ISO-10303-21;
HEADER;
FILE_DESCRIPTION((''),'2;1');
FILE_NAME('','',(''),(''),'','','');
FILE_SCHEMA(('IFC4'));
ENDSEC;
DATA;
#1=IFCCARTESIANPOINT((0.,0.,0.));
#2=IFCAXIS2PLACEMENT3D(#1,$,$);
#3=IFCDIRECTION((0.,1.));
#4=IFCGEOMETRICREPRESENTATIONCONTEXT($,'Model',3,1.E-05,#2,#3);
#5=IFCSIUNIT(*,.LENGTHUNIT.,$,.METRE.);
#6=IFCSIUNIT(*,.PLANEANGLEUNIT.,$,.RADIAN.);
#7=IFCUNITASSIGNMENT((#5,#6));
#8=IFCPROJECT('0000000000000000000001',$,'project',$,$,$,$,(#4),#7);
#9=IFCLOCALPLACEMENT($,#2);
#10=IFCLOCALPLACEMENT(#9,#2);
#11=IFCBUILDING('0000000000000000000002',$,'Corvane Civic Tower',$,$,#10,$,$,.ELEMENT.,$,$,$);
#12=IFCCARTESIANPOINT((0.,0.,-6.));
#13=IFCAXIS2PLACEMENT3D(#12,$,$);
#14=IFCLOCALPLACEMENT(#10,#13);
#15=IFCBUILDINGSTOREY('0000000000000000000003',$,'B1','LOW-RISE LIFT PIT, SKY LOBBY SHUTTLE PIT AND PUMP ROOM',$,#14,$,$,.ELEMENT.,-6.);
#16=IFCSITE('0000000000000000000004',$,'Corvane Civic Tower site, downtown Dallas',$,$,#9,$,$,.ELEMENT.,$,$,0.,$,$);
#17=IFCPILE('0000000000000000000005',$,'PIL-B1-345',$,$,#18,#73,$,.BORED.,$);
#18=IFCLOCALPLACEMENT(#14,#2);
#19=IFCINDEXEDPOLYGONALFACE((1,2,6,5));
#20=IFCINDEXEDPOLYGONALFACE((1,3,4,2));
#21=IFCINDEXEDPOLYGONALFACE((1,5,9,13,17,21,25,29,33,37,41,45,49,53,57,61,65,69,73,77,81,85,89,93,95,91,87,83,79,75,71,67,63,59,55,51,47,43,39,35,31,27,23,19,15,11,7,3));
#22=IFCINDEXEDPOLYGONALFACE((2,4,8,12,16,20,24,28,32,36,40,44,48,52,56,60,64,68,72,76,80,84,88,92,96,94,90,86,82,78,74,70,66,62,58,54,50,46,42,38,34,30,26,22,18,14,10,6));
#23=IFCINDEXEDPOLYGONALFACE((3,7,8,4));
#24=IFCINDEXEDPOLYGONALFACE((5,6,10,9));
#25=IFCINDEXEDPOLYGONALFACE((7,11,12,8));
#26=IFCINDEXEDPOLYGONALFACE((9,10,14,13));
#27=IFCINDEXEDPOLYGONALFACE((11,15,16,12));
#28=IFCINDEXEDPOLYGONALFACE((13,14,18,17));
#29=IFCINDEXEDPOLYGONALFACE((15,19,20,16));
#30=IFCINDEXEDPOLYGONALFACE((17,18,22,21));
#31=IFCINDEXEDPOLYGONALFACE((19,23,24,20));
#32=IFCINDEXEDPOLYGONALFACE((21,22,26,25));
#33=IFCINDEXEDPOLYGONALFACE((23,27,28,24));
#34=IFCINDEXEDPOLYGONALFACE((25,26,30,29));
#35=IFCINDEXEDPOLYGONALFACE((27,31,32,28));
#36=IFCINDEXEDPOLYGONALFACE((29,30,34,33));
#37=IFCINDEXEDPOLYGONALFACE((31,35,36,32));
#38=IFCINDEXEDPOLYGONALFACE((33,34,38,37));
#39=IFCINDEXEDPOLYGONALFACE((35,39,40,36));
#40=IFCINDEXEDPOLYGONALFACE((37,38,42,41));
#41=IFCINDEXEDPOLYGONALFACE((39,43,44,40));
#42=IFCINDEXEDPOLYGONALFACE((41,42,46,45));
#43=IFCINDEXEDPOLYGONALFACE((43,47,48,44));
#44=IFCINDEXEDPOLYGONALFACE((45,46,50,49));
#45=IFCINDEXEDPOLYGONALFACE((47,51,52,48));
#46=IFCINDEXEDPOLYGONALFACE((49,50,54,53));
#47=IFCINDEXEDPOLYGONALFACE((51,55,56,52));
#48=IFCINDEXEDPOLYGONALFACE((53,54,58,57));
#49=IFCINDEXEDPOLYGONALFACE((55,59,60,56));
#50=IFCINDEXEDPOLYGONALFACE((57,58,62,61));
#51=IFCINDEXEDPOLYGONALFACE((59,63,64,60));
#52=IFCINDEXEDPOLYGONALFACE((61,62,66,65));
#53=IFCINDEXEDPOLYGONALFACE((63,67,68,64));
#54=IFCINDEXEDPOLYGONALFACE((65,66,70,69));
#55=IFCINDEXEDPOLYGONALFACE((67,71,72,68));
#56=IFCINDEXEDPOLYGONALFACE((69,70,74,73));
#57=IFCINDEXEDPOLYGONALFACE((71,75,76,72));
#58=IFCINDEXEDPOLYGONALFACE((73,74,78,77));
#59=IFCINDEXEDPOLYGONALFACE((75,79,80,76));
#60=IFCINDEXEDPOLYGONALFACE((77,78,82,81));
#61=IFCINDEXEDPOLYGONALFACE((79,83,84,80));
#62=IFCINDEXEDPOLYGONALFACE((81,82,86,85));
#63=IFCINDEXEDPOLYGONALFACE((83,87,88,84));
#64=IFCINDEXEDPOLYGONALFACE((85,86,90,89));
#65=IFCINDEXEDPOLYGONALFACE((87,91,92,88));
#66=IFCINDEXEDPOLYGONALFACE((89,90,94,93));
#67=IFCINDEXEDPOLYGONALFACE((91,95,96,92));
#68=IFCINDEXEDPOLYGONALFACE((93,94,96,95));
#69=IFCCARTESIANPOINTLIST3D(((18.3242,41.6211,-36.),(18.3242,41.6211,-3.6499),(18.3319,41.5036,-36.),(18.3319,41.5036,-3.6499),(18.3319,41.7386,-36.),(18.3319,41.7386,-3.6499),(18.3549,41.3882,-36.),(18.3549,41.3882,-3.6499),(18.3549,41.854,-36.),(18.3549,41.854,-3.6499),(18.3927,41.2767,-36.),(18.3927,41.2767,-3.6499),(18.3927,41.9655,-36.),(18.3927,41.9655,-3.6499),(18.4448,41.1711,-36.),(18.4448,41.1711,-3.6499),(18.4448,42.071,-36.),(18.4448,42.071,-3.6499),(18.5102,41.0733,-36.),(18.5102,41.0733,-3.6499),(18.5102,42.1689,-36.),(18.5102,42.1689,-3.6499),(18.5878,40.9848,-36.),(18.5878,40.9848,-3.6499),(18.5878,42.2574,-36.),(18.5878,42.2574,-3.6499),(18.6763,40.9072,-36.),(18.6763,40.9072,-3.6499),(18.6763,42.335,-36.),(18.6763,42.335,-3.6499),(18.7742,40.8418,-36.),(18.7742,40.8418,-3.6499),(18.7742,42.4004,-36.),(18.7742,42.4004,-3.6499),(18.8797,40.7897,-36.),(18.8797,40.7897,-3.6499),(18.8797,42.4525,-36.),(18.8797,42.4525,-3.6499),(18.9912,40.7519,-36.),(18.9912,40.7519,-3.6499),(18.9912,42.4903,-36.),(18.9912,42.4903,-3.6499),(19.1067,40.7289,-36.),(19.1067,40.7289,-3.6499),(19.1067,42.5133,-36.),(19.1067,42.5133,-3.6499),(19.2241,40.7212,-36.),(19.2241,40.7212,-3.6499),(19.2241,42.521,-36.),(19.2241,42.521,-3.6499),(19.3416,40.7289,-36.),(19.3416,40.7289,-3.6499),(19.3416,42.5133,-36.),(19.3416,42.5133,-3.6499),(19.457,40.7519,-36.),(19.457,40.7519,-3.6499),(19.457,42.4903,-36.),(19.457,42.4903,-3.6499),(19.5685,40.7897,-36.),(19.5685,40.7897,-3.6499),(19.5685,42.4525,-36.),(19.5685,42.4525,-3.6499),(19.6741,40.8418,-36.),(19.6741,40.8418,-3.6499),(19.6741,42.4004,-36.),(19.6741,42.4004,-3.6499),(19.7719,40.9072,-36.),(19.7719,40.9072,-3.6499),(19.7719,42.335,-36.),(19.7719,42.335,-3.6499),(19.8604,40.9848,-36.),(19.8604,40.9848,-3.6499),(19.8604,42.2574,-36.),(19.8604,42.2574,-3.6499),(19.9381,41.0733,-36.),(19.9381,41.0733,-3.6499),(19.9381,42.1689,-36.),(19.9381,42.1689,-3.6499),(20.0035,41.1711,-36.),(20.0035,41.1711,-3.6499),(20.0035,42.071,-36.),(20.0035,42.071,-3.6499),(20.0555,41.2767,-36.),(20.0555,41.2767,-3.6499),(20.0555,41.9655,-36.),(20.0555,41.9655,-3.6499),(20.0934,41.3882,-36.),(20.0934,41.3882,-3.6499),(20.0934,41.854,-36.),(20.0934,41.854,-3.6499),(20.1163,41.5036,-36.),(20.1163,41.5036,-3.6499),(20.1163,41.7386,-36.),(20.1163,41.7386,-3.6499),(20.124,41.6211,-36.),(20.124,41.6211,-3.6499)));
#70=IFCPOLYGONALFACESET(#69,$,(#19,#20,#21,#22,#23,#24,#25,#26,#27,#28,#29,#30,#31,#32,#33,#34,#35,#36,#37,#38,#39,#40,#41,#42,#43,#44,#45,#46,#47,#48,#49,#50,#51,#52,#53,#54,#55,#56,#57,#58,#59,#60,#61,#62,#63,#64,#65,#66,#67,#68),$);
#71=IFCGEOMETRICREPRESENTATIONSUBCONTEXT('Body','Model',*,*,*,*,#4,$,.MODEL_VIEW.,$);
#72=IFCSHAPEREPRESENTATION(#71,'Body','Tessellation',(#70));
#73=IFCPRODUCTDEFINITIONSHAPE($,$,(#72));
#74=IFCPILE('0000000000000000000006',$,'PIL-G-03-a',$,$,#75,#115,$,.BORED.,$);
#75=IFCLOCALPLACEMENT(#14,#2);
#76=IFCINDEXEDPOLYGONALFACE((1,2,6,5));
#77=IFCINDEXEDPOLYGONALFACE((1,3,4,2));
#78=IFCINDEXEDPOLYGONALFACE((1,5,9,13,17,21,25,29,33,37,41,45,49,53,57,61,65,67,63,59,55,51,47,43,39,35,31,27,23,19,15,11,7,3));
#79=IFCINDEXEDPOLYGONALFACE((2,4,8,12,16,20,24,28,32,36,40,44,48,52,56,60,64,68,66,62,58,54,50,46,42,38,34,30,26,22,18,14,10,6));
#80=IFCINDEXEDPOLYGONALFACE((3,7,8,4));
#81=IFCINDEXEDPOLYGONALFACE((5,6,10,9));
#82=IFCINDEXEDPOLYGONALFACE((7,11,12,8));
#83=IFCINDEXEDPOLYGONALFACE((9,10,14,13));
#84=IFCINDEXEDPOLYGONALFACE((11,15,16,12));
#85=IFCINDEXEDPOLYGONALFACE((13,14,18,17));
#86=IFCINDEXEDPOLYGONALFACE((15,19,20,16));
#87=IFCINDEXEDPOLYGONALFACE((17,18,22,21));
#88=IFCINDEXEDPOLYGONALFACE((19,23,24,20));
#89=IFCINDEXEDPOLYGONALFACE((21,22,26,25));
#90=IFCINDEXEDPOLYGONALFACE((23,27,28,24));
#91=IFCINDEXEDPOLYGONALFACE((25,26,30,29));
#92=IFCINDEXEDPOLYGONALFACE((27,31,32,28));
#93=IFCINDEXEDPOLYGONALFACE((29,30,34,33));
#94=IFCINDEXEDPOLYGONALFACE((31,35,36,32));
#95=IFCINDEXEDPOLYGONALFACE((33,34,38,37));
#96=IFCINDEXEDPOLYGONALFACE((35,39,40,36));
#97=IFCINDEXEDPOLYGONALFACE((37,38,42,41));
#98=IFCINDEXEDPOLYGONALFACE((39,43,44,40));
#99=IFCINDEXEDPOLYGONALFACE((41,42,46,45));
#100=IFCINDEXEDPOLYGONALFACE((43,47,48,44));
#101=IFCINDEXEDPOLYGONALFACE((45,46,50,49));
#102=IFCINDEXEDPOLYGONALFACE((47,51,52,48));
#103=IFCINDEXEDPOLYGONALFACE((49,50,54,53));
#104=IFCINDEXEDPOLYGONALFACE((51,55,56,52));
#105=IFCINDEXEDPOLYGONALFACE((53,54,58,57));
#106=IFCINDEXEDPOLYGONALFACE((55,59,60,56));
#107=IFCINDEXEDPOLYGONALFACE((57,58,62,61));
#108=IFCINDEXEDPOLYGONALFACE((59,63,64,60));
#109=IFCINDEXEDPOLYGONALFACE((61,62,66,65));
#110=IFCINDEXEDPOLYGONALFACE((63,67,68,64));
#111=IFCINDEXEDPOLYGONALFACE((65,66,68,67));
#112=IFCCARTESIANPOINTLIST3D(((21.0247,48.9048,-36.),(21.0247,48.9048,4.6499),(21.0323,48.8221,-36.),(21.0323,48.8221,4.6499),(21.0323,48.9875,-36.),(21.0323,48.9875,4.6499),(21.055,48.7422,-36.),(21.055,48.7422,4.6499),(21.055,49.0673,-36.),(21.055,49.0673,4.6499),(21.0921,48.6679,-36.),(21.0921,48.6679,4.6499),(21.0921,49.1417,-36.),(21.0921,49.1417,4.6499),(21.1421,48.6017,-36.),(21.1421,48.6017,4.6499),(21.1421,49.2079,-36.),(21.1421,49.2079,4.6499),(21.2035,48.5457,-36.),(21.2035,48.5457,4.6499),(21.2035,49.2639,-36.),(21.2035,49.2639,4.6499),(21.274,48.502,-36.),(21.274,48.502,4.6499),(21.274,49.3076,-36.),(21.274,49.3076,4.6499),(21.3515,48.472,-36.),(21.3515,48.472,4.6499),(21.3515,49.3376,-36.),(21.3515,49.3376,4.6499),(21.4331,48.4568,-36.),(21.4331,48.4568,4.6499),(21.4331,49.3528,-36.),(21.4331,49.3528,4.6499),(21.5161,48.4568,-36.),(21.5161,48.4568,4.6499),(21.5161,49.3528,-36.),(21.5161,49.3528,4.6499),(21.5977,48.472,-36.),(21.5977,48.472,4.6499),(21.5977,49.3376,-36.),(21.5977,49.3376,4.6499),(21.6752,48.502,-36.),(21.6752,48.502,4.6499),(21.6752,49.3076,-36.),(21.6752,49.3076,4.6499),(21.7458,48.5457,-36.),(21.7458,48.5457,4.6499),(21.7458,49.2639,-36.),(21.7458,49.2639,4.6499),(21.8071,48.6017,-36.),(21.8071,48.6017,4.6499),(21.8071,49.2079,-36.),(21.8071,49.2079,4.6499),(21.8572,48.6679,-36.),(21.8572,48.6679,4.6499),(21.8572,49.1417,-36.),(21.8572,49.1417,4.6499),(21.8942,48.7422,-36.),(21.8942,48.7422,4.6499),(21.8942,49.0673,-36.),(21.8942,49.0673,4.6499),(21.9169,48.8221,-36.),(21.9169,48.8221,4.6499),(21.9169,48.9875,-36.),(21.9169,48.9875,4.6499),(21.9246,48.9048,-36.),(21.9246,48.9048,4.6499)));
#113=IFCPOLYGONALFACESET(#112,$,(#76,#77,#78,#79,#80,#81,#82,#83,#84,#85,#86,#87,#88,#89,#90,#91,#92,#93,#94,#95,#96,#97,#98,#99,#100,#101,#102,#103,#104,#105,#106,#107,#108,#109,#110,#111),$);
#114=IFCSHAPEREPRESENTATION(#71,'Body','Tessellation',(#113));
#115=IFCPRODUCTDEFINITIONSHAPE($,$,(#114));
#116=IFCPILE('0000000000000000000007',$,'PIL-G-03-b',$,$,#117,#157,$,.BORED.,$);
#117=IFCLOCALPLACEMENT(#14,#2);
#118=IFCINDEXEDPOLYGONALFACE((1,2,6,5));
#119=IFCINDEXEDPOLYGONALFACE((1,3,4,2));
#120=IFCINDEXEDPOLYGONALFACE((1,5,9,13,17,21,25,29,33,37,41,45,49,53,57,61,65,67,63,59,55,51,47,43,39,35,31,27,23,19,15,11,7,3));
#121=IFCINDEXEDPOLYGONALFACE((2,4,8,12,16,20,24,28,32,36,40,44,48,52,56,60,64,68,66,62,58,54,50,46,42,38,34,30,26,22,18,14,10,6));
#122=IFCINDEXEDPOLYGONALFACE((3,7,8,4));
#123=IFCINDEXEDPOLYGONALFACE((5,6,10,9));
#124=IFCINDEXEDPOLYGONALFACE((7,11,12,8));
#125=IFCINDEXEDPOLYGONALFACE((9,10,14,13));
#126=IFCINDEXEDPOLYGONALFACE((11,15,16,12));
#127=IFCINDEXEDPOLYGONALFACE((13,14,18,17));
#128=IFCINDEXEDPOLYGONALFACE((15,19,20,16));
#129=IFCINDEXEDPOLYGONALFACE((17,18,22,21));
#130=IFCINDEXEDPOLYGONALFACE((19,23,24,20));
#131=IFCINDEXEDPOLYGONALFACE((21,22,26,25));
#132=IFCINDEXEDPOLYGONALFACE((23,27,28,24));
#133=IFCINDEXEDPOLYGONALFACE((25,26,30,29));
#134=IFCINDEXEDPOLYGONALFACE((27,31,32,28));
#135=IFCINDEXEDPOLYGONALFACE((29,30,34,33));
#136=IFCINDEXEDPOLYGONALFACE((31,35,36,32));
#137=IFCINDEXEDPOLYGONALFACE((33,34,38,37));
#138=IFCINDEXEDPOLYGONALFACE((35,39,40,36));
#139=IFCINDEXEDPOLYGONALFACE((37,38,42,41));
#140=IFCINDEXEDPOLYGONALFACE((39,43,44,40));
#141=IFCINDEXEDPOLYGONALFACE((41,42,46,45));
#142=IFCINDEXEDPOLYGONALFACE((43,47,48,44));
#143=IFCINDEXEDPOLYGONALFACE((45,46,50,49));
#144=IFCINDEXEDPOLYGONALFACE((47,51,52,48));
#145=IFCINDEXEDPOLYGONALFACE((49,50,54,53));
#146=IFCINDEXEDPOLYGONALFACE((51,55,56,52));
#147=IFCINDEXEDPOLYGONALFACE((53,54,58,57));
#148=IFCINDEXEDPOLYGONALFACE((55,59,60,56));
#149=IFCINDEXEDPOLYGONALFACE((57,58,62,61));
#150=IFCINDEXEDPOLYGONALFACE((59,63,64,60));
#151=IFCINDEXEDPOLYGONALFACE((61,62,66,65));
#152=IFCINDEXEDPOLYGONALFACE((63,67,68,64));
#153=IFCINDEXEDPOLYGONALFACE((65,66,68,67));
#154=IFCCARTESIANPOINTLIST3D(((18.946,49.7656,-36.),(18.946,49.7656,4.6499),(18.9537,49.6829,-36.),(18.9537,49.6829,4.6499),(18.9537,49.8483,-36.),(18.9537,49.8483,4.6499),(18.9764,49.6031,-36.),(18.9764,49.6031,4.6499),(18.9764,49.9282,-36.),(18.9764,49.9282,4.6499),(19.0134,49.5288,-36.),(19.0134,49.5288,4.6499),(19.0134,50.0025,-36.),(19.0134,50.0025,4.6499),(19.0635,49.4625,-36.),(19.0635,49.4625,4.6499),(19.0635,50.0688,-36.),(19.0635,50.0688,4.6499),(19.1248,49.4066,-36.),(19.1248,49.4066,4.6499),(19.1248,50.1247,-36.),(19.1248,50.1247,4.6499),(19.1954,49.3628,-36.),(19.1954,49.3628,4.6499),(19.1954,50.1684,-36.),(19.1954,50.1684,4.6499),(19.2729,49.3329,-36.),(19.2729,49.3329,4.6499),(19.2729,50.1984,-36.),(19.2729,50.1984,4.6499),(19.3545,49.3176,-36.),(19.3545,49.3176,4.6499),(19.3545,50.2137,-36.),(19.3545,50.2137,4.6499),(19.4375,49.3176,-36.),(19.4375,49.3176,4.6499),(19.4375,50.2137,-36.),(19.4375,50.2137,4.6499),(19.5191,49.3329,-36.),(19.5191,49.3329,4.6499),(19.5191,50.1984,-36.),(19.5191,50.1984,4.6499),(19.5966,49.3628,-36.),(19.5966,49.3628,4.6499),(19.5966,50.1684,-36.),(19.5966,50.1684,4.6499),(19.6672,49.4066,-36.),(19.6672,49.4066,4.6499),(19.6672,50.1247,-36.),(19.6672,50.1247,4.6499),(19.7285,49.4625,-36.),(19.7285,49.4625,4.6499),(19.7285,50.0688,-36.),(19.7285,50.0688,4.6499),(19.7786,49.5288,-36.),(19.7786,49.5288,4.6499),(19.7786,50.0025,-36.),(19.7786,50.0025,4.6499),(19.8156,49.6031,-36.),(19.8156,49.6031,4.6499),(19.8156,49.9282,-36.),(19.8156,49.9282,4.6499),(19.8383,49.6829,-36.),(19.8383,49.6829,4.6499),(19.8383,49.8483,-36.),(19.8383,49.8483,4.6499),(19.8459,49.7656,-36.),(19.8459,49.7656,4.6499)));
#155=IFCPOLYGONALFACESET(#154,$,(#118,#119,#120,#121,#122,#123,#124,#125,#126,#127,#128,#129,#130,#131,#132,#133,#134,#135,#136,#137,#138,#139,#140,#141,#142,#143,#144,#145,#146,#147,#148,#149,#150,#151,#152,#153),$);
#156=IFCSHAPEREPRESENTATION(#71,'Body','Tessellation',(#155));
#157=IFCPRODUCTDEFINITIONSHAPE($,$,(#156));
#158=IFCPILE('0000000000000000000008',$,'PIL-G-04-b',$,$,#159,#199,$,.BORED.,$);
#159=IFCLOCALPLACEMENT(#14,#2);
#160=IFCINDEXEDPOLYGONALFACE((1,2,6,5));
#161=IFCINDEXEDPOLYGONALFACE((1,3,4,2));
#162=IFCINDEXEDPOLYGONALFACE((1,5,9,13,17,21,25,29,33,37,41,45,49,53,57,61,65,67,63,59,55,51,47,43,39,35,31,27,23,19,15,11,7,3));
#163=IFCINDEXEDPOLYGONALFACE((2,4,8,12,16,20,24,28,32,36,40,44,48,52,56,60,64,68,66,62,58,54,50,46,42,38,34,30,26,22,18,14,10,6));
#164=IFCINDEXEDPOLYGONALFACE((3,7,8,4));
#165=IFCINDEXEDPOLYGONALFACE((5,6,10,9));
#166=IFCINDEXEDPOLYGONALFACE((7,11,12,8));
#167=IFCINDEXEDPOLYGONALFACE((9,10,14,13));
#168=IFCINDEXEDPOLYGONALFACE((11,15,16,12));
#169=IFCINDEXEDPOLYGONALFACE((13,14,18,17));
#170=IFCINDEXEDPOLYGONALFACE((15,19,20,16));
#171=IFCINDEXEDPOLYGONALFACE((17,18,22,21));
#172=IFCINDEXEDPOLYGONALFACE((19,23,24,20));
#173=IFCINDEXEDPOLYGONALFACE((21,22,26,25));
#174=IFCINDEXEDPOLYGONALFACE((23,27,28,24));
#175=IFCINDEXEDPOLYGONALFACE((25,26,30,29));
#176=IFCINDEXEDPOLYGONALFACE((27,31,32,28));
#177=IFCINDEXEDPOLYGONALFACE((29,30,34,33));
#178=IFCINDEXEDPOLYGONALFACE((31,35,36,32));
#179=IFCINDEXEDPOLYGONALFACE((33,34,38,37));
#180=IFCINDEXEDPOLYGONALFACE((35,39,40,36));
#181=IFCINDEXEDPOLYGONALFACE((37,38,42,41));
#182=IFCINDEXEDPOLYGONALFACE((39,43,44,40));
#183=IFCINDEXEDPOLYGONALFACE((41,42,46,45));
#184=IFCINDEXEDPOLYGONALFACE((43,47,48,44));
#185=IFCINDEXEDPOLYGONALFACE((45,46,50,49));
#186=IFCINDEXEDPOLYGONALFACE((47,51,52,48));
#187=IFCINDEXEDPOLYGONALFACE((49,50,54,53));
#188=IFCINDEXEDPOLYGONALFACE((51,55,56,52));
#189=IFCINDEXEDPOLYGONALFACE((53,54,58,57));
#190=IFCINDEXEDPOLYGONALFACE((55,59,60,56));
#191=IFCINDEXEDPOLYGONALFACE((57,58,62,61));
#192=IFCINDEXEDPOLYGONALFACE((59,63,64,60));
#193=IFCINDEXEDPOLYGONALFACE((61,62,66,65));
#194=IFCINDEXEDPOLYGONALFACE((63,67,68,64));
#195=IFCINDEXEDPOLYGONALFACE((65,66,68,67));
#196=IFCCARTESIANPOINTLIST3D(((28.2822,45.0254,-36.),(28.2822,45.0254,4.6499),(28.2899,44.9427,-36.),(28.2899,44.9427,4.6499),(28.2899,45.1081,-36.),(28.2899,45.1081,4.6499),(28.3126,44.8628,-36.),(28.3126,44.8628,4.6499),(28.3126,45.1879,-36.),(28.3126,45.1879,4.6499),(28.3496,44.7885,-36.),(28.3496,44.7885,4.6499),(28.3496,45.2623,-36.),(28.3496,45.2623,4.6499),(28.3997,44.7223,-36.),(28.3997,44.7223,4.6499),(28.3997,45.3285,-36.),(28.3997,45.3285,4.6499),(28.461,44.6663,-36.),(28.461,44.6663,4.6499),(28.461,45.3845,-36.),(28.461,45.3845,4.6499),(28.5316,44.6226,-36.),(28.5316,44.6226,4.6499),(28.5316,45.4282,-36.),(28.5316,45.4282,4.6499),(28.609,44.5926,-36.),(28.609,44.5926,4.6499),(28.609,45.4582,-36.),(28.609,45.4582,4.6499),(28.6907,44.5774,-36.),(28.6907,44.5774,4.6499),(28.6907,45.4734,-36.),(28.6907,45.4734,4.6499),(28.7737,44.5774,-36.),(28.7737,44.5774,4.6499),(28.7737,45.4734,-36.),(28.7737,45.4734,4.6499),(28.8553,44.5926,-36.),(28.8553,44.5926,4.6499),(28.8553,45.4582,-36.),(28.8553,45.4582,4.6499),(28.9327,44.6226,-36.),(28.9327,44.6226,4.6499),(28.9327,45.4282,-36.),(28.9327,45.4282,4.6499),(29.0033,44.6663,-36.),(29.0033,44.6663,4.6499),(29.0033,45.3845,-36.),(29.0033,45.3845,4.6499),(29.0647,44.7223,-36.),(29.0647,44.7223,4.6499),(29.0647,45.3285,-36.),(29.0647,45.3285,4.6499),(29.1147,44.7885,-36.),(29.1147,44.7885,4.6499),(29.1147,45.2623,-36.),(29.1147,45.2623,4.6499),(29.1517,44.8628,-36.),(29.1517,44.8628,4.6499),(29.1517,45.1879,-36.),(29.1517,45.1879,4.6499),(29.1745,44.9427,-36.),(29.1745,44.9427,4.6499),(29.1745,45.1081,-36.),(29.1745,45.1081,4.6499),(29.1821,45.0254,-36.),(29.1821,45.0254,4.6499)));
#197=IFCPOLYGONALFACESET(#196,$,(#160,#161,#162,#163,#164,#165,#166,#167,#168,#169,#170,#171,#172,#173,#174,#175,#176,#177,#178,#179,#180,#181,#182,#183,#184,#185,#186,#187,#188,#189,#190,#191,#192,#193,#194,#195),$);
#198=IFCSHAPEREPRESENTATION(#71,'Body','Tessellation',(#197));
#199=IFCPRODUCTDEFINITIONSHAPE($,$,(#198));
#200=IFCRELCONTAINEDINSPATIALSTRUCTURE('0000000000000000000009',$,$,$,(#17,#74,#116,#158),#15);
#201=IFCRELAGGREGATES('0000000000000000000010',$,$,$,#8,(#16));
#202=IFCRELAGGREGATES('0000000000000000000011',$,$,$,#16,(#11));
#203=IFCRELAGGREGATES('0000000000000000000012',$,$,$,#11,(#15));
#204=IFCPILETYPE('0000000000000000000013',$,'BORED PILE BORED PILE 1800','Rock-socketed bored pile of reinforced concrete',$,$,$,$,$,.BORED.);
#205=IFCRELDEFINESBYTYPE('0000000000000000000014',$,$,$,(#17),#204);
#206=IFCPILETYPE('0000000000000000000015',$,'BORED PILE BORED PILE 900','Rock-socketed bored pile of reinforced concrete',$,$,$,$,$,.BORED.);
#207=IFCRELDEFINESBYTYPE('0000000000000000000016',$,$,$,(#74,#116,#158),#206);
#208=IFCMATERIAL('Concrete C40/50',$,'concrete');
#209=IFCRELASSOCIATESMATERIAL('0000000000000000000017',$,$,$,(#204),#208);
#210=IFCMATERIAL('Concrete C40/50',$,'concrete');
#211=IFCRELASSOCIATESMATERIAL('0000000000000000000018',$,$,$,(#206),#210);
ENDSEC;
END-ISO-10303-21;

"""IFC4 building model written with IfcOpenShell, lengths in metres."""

from ifc_helpers import new_model, si_unit, direction, frame, origin, origin_2d, place, context, subcontext, project, spatial, circle, extrude, material, material_profile, profile_set, type_object, element, save


model = new_model("IFC4")

# Units and contexts
model_context = context("Model", 3, precision=1e-05, world=origin(), true_north=direction((0.0, 1.0)))
body_context = subcontext(model_context, "Body", "Model", "MODEL_VIEW")
ifc_project = project(units=[si_unit("LENGTHUNIT", "METRE"), si_unit("PLANEANGLEUNIT", "RADIAN")], contexts=[model_context])

# Site, building, storey
site_placement = place(None, origin())
site = spatial("IfcSite", under=ifc_project, at=site_placement, Name="Corvane Civic Tower site, downtown Dallas", CompositionType="ELEMENT", RefElevation=0.0)
building_placement = place(site_placement, origin())
building = spatial("IfcBuilding", under=site, at=building_placement, Name="Corvane Civic Tower", CompositionType="ELEMENT")
storey_placement = place(building_placement, frame((0.0, 0.0, -6.0)))
storey = spatial("IfcBuildingStorey", under=building, at=storey_placement, Name="B1", Description="LOW-RISE LIFT PIT, SKY LOBBY SHUTTLE PIT AND PUMP ROOM", CompositionType="ELEMENT", Elevation=-6.0)

# Piles
ifc_material_1 = material(Name="Concrete C40/50", Category="concrete")
ifc_material_profile_1 = material_profile(ifc_material_1, circle(Radius=0.8999, at=origin_2d()), Name="BORED PILE 1800")
ifc_profile_set_1 = profile_set([ifc_material_profile_1], Name="Concrete C40/50")
pile_type_1 = type_object("IfcPileType", Name="BORED PILE BORED PILE 1800", Description="Rock-socketed bored pile of reinforced concrete", PredefinedType="BORED", material=ifc_profile_set_1)
for number, where, z_axis, x_axis, name in (
    (1, (19.2241, 41.6211, -3.6499), (0.0, 0.0, -1.0), (1.0, 0.0, 0.0), "PIL-B1-345"),
):
    element("IfcPile", number, at=place(storey_placement, frame(where, z_axis=z_axis, x_axis=x_axis)), inside=storey, type_object=pile_type_1, Name=name, PredefinedType="BORED", context=body_context, shape_type="SweptSolid", body=[
        extrude(circle(Radius=0.8999, at=origin_2d()), origin(), (0.0, 0.0, 1.0), 32.3501),
    ])
ifc_material_2 = material(Name="Concrete C40/50", Category="concrete")
ifc_material_profile_2 = material_profile(ifc_material_2, circle(Radius=0.45, at=origin_2d()), Name="BORED PILE 900")
ifc_profile_set_2 = profile_set([ifc_material_profile_2], Name="Concrete C40/50")
pile_type_2 = type_object("IfcPileType", Name="BORED PILE BORED PILE 900", Description="Rock-socketed bored pile of reinforced concrete", PredefinedType="BORED", material=ifc_profile_set_2)
for number, where, z_axis, x_axis, name in (
    (2, (21.4746, 48.9048, 4.6499), (0.0, 0.0, -1.0), (1.0, 0.0, 0.0), "PIL-G-03-a"),
    (3, (19.396, 49.7656, 4.6499), (0.0, 0.0, -1.0), (1.0, 0.0, 0.0), "PIL-G-03-b"),
    (4, (28.7322, 45.0254, 4.6499), (0.0, 0.0, -1.0), (1.0, 0.0, 0.0), "PIL-G-04-b"),
):
    element("IfcPile", number, at=place(storey_placement, frame(where, z_axis=z_axis, x_axis=x_axis)), inside=storey, type_object=pile_type_2, Name=name, PredefinedType="BORED", context=body_context, shape_type="SweptSolid", body=[
        extrude(circle(Radius=0.45, at=origin_2d()), origin(), (0.0, 0.0, 1.0), 40.6499),
    ])

save(model, "model.ifc")
